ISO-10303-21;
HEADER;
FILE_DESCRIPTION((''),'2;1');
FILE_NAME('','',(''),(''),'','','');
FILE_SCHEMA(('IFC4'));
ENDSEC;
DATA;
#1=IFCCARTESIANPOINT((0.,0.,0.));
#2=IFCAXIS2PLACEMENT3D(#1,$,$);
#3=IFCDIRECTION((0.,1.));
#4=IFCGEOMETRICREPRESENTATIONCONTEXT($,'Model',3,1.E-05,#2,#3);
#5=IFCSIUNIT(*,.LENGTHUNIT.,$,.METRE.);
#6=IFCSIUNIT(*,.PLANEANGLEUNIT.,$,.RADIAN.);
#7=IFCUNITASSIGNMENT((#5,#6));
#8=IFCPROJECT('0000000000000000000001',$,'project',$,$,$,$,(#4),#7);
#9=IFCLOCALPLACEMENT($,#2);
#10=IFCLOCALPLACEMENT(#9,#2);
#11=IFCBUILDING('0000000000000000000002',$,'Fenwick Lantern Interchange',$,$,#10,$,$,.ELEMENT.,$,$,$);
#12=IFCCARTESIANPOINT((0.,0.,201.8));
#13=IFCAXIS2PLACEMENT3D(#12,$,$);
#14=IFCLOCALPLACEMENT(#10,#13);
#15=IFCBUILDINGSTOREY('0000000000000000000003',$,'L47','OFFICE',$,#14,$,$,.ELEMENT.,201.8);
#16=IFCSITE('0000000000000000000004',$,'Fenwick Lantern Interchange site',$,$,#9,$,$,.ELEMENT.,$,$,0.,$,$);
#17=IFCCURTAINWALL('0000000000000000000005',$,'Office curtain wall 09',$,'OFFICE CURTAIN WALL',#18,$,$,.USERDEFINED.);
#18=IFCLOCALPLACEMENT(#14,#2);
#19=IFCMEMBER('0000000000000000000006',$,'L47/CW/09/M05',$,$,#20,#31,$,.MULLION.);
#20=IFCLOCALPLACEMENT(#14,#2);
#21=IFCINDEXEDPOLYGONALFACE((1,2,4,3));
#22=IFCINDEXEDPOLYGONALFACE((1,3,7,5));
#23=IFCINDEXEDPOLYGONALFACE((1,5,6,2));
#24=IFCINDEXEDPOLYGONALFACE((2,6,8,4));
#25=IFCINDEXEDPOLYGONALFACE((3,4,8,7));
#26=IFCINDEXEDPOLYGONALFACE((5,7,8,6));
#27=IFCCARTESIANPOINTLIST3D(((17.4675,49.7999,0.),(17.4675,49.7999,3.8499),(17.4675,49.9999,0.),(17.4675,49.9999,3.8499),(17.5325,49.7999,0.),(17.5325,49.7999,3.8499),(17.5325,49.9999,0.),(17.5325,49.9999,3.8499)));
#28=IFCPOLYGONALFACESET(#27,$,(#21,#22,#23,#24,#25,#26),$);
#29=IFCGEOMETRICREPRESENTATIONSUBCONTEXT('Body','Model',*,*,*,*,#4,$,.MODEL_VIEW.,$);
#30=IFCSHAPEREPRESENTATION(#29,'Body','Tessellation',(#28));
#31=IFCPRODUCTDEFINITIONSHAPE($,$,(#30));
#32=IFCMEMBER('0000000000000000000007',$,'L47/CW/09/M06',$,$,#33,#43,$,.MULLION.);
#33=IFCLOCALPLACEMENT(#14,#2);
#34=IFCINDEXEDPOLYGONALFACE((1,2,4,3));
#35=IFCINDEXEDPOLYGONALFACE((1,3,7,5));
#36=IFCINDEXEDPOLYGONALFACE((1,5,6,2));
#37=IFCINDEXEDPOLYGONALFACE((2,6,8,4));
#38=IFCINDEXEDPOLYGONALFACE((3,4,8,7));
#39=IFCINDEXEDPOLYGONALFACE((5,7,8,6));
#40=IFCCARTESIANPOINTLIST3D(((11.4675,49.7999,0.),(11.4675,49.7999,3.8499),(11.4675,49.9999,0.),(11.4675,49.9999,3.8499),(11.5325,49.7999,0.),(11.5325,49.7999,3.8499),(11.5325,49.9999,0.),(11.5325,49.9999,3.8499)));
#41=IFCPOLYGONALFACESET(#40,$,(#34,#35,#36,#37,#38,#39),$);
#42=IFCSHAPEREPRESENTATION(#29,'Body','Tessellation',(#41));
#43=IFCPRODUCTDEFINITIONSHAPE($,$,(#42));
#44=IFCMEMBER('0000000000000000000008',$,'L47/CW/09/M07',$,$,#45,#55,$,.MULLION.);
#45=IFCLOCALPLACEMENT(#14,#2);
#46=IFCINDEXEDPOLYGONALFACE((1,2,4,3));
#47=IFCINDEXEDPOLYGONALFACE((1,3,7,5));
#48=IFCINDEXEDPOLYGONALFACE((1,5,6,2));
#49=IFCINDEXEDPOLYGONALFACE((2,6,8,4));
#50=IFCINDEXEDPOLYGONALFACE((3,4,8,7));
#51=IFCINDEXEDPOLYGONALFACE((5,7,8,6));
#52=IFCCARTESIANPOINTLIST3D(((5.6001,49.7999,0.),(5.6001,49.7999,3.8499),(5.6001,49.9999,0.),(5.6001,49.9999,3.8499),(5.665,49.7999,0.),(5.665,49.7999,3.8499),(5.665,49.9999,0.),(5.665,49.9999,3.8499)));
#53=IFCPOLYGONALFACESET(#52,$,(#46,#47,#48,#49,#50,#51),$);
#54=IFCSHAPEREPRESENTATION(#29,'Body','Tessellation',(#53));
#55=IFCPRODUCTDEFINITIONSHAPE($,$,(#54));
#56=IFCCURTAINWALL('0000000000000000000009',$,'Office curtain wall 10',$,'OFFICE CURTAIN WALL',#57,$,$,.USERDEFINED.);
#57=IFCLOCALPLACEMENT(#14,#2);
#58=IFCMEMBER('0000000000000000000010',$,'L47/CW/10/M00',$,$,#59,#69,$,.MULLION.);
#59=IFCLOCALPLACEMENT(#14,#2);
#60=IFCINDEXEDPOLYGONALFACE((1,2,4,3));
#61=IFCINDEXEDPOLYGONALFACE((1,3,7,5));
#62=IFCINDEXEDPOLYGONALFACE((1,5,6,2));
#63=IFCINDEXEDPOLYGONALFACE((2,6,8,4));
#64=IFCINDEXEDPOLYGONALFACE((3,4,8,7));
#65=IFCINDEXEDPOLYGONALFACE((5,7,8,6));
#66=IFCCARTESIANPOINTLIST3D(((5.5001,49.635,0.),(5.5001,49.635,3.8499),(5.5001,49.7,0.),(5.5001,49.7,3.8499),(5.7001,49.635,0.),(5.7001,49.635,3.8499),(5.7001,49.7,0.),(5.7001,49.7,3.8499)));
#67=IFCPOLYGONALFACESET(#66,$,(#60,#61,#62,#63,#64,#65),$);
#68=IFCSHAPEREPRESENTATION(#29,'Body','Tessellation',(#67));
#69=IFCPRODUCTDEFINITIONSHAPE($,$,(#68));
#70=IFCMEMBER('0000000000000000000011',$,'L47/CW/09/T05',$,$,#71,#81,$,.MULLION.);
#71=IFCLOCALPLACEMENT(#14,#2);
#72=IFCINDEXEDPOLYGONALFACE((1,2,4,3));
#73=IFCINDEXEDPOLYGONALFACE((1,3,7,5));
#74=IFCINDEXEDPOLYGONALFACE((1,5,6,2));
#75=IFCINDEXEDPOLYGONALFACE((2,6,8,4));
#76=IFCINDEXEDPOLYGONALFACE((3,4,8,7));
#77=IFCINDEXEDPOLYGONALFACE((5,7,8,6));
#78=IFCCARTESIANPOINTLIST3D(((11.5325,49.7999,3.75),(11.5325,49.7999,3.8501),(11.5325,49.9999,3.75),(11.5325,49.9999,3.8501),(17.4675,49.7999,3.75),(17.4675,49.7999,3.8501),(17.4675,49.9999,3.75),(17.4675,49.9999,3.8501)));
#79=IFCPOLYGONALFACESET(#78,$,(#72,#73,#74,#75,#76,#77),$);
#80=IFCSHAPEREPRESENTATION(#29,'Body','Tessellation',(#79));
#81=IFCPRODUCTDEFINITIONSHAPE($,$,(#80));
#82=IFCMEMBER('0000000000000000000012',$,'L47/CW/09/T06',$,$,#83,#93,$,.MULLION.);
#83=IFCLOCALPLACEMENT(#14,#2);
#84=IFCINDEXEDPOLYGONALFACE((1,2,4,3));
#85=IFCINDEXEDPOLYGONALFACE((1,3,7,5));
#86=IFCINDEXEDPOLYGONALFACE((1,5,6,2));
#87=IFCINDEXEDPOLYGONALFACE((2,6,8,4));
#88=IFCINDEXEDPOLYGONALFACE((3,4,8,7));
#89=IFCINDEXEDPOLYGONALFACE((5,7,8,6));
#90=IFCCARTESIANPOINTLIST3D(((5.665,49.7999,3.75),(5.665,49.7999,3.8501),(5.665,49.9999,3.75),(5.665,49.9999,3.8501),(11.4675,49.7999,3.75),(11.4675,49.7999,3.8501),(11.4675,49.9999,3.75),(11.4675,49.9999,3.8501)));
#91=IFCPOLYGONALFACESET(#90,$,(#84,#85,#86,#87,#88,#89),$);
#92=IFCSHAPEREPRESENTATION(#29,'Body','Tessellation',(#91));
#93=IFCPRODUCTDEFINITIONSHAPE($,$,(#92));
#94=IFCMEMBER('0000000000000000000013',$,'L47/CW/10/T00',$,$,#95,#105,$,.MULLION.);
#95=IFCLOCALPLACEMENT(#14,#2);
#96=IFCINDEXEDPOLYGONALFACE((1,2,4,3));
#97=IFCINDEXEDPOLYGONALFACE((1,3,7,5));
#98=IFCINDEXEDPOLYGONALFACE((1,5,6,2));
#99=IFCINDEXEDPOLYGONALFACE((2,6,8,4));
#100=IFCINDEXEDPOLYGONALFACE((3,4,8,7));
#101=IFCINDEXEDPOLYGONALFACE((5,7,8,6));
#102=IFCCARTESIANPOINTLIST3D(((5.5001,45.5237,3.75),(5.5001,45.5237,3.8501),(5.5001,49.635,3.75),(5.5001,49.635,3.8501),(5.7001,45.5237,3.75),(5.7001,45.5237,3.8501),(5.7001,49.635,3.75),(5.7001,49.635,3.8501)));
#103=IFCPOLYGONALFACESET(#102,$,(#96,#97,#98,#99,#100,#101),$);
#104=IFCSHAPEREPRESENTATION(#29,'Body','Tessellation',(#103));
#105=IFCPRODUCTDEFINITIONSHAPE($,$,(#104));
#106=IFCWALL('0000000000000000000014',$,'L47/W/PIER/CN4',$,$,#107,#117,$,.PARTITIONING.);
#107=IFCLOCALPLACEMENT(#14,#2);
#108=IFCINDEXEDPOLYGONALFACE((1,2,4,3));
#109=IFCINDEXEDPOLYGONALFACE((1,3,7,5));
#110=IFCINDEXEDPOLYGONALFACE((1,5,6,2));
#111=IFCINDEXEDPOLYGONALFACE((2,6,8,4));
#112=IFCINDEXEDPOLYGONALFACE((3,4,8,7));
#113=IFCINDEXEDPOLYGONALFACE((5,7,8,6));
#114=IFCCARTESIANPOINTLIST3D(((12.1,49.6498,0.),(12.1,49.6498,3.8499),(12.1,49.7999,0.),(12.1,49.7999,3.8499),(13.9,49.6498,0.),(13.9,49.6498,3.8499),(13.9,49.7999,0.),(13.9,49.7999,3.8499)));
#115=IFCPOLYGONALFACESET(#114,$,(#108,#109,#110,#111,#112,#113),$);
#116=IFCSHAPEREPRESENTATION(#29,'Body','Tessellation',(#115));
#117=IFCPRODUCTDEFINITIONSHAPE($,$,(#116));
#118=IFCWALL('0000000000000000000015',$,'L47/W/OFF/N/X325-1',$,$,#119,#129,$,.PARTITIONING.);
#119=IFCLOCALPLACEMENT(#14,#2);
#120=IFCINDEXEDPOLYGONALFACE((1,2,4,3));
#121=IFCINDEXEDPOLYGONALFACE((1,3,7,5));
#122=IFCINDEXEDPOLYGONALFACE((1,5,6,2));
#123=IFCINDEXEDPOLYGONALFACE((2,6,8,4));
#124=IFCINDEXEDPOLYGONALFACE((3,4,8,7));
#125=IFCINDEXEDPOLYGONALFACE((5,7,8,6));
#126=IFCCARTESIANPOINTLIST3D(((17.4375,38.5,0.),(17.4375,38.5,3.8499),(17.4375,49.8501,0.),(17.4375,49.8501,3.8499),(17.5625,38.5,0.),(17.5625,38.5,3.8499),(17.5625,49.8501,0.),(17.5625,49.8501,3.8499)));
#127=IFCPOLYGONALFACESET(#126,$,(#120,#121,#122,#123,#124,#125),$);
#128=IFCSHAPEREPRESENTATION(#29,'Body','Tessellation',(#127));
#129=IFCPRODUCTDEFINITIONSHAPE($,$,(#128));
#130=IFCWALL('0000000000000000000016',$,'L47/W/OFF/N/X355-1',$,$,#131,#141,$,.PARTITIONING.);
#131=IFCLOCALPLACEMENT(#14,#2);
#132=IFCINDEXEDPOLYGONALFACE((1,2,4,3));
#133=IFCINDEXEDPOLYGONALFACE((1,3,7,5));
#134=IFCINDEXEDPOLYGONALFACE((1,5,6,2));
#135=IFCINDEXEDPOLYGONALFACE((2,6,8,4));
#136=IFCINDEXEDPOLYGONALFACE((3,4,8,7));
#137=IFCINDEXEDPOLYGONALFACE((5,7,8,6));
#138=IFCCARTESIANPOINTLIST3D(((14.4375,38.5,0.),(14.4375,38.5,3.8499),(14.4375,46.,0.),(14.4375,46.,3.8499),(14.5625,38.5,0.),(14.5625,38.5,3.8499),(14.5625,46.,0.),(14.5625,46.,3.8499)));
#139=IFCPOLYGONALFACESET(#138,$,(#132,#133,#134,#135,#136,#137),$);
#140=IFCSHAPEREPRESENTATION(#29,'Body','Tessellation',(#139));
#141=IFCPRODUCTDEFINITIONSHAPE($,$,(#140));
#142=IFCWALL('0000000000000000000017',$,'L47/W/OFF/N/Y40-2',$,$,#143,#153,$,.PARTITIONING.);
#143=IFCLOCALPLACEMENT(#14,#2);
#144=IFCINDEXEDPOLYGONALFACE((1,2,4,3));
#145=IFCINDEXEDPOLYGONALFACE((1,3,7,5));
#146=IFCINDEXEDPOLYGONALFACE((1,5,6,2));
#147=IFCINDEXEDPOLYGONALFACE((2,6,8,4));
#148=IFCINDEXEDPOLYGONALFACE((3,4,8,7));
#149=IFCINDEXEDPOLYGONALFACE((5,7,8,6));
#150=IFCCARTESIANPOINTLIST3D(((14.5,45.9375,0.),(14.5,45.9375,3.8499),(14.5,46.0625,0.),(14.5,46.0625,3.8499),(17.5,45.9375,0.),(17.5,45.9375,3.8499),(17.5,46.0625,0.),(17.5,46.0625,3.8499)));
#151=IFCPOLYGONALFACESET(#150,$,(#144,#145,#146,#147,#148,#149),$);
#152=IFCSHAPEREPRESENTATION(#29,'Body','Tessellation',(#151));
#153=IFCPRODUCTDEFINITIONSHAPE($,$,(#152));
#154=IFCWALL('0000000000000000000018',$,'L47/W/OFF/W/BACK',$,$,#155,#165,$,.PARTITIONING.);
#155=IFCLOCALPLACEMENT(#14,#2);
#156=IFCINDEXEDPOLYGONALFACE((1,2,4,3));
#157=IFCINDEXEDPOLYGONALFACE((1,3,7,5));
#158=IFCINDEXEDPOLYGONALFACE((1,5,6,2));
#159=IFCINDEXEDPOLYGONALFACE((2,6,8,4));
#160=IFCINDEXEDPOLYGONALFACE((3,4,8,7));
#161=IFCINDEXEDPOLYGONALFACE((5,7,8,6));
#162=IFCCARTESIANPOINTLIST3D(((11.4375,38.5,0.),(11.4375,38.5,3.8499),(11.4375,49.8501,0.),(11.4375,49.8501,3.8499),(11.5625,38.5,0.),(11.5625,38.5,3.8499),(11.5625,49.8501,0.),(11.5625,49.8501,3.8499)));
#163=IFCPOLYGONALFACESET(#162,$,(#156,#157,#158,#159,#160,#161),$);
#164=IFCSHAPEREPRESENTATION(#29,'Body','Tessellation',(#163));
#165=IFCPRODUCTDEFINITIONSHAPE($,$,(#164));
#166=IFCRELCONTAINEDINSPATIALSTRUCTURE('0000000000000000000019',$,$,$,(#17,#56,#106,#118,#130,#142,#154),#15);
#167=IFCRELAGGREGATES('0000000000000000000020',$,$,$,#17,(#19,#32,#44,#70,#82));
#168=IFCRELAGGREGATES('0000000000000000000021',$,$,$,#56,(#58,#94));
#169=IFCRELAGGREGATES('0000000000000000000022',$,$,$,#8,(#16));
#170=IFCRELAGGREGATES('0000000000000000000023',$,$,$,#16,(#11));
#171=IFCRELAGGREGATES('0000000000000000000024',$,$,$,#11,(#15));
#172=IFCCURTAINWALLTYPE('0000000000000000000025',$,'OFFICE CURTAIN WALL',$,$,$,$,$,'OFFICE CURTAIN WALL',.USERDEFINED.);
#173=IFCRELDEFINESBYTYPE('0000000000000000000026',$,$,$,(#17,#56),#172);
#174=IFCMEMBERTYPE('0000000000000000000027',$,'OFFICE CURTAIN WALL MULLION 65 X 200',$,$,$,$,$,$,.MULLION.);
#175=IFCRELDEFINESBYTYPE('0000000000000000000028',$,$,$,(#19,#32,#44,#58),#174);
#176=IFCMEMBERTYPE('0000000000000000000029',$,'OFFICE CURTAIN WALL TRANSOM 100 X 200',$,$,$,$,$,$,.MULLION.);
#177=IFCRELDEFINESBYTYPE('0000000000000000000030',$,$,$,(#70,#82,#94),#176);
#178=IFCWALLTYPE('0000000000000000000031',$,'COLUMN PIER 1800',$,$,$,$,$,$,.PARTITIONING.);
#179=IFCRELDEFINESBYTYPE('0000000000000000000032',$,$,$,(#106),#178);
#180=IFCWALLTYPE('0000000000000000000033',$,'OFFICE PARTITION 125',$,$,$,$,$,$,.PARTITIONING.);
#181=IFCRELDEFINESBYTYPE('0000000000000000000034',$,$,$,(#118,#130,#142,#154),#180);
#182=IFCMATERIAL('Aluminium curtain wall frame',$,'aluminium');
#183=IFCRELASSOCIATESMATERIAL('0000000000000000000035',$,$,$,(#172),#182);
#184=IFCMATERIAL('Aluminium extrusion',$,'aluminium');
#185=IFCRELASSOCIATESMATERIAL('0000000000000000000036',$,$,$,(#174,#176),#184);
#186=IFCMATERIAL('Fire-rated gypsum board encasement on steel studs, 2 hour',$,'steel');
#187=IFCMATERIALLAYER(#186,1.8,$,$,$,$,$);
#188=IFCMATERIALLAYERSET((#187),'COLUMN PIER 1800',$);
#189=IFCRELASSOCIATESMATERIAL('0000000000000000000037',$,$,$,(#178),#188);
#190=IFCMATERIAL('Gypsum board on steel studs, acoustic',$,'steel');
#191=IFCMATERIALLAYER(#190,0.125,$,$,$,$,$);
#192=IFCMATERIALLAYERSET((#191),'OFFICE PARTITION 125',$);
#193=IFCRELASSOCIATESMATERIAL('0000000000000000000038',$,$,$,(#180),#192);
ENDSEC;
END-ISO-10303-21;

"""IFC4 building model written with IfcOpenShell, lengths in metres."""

from ifc_helpers import new_model, si_unit, direction, frame, frame_2d, origin, origin_2d, place, context, subcontext, project, spatial, rectangle, extrude, material, layer, layer_set, material_profile, profile_set, type_object, element, aggregate, save


model = new_model("IFC4")

# Units and contexts
model_context = context("Model", 3, precision=1e-05, world=origin(), true_north=direction((0.0, 1.0)))
body_context = subcontext(model_context, "Body", "Model", "MODEL_VIEW")
ifc_project = project(units=[si_unit("LENGTHUNIT", "METRE"), si_unit("PLANEANGLEUNIT", "RADIAN")], contexts=[model_context])

# Site, building, storey
site_placement = place(None, origin())
site = spatial("IfcSite", under=ifc_project, at=site_placement, Name="Fenwick Lantern Interchange site", CompositionType="ELEMENT", RefElevation=0.0)
building_placement = place(site_placement, origin())
building = spatial("IfcBuilding", under=site, at=building_placement, Name="Fenwick Lantern Interchange", CompositionType="ELEMENT")
storey_placement = place(building_placement, frame((0.0, 0.0, 201.8)))
storey = spatial("IfcBuildingStorey", under=building, at=storey_placement, Name="L47", Description="OFFICE", CompositionType="ELEMENT", Elevation=201.8)

# Curtain wall, members
ifc_material_1 = material(Name="Aluminium curtain wall frame", Category="aluminium")
curtain_wall_type = type_object("IfcCurtainWallType", Name="OFFICE CURTAIN WALL", ElementType="OFFICE CURTAIN WALL", PredefinedType="USERDEFINED", material=ifc_material_1)
curtain_wall_1_placement = place(storey_placement, origin())
curtain_wall_1 = element("IfcCurtainWall", 1, at=curtain_wall_1_placement, inside=storey, type_object=curtain_wall_type, Name="Office curtain wall 09", ObjectType="OFFICE CURTAIN WALL", PredefinedType="USERDEFINED")
ifc_material_2 = material(Name="Aluminium extrusion", Category="aluminium")
ifc_material_profile_1 = material_profile(ifc_material_2, rectangle(XDim=0.2, YDim=0.0649, at=origin_2d()), Name="OFFICE CURTAIN WALL MULLION 65 X 200")
ifc_profile_set_1 = profile_set([ifc_material_profile_1], Name="Aluminium extrusion")
member_type_1 = type_object("IfcMemberType", Name="OFFICE CURTAIN WALL MULLION 65 X 200", PredefinedType="MULLION", material=ifc_profile_set_1)
member_1_placement = place(storey_placement, frame((17.5, 49.8999, 0.0), z_axis=(0.0, 0.0, 1.0), x_axis=(0.0, -1.0, 0.0)))
member_1 = element("IfcMember", 2, at=member_1_placement, type_object=member_type_1, Name="L47/CW/09/M05", PredefinedType="MULLION", context=body_context, shape_type="SweptSolid", body=[
    extrude(rectangle(XDim=0.2, YDim=0.0649, at=origin_2d()), origin(), (0.0, 0.0, 1.0), 3.8499),
])
member_2_placement = place(storey_placement, frame((11.5, 49.8999, 0.0), z_axis=(0.0, 0.0, 1.0), x_axis=(0.0, -1.0, 0.0)))
member_2 = element("IfcMember", 3, at=member_2_placement, type_object=member_type_1, Name="L47/CW/09/M06", PredefinedType="MULLION", context=body_context, shape_type="SweptSolid", body=[
    extrude(rectangle(XDim=0.2, YDim=0.0649, at=origin_2d()), origin(), (0.0, 0.0, 1.0), 3.8499),
])
member_3_placement = place(storey_placement, frame((5.6326, 49.8999, 0.0), z_axis=(0.0, 0.0, 1.0), x_axis=(0.0, -1.0, 0.0)))
member_3 = element("IfcMember", 4, at=member_3_placement, type_object=member_type_1, Name="L47/CW/09/M07", PredefinedType="MULLION", context=body_context, shape_type="SweptSolid", body=[
    extrude(rectangle(XDim=0.2, YDim=0.0649, at=origin_2d()), origin(), (0.0, 0.0, 1.0), 3.8499),
])

# Curtain wall, member
curtain_wall_2_placement = place(storey_placement, origin())
curtain_wall_2 = element("IfcCurtainWall", 5, at=curtain_wall_2_placement, inside=storey, type_object=curtain_wall_type, Name="Office curtain wall 10", ObjectType="OFFICE CURTAIN WALL", PredefinedType="USERDEFINED")
member_4_placement = place(storey_placement, frame((5.6001, 49.6675, 0.0), z_axis=(0.0, 0.0, 1.0), x_axis=(1.0, 0.0, 0.0)))
member_4 = element("IfcMember", 6, at=member_4_placement, type_object=member_type_1, Name="L47/CW/10/M00", PredefinedType="MULLION", context=body_context, shape_type="SweptSolid", body=[
    extrude(rectangle(XDim=0.2, YDim=0.0649, at=origin_2d()), origin(), (0.0, 0.0, 1.0), 3.8499),
])

# Members
ifc_material_profile_2 = material_profile(ifc_material_2, rectangle(XDim=0.2, YDim=0.1001, at=origin_2d()), Name="OFFICE CURTAIN WALL TRANSOM 100 X 200")
ifc_profile_set_2 = profile_set([ifc_material_profile_2], Name="Aluminium extrusion")
member_type_2 = type_object("IfcMemberType", Name="OFFICE CURTAIN WALL TRANSOM 100 X 200", PredefinedType="MULLION", material=ifc_profile_set_2)
member_5_placement = place(storey_placement, frame((17.4675, 49.8999, 3.8), z_axis=(-1.0, 0.0, 0.0), x_axis=(0.0, -1.0, 0.0)))
member_5 = element("IfcMember", 7, at=member_5_placement, type_object=member_type_2, Name="L47/CW/09/T05", PredefinedType="MULLION", context=body_context, shape_type="SweptSolid", body=[
    extrude(rectangle(XDim=0.2, YDim=0.1001, at=origin_2d()), origin(), (0.0, 0.0, 1.0), 5.9351),
])
member_6_placement = place(storey_placement, frame((11.4675, 49.8999, 3.8), z_axis=(-1.0, 0.0, 0.0), x_axis=(0.0, -1.0, 0.0)))
member_6 = element("IfcMember", 8, at=member_6_placement, type_object=member_type_2, Name="L47/CW/09/T06", PredefinedType="MULLION", context=body_context, shape_type="SweptSolid", body=[
    extrude(rectangle(XDim=0.2, YDim=0.1001, at=origin_2d()), origin(), (0.0, 0.0, 1.0), 5.8025),
])
aggregate(curtain_wall_1, [member_1, member_2, member_3, member_5, member_6])
member_7_placement = place(storey_placement, frame((5.6001, 49.635, 3.8), z_axis=(0.0, -1.0, 0.0), x_axis=(1.0, 0.0, 0.0)))
member_7 = element("IfcMember", 9, at=member_7_placement, type_object=member_type_2, Name="L47/CW/10/T00", PredefinedType="MULLION", context=body_context, shape_type="SweptSolid", body=[
    extrude(rectangle(XDim=0.2, YDim=0.1001, at=origin_2d()), origin(), (0.0, 0.0, 1.0), 4.1113),
])
aggregate(curtain_wall_2, [member_4, member_7])

# Walls
ifc_material_3 = material(Name="Fire-rated gypsum board encasement on steel studs, 2 hour", Category="steel")
ifc_layer_1 = layer(ifc_material_3, 1.8)
ifc_layer_set_1 = layer_set([ifc_layer_1], Name="COLUMN PIER 1800")
wall_type_1 = type_object("IfcWallType", Name="COLUMN PIER 1800", PredefinedType="PARTITIONING", material=ifc_layer_set_1)
wall_1_placement = place(storey_placement, frame((13.0, 49.8, 0.0), z_axis=(0.0, 0.0, 1.0), x_axis=(0.0, -1.0, 0.0)))
element("IfcWall", 10, at=wall_1_placement, inside=storey, type_object=wall_type_1, Name="L47/W/PIER/CN4", PredefinedType="PARTITIONING", context=body_context, shape_type="SweptSolid", body=[
    extrude(rectangle(XDim=0.1501, YDim=1.8, at=frame_2d((0.0752, 0.0))), origin(), (0.0, 0.0, 1.0), 3.8499),
])
ifc_material_4 = material(Name="Gypsum board on steel studs, acoustic", Category="steel")
ifc_layer_2 = layer(ifc_material_4, 0.125)
ifc_layer_set_2 = layer_set([ifc_layer_2], Name="OFFICE PARTITION 125")
wall_type_2 = type_object("IfcWallType", Name="OFFICE PARTITION 125", PredefinedType="PARTITIONING", material=ifc_layer_set_2)
wall_2_placement = place(storey_placement, frame((17.5, 49.8501, 0.0), z_axis=(0.0, 0.0, 1.0), x_axis=(0.0, -1.0, 0.0)))
element("IfcWall", 11, at=wall_2_placement, inside=storey, type_object=wall_type_2, Name="L47/W/OFF/N/X325-1", PredefinedType="PARTITIONING", context=body_context, shape_type="SweptSolid", body=[
    extrude(rectangle(XDim=11.3501, YDim=0.125, at=frame_2d((5.675, 0.0))), origin(), (0.0, 0.0, 1.0), 3.8499),
])
wall_3_placement = place(storey_placement, frame((14.5, 46.0, 0.0), z_axis=(0.0, 0.0, 1.0), x_axis=(0.0, -1.0, 0.0)))
element("IfcWall", 12, at=wall_3_placement, inside=storey, type_object=wall_type_2, Name="L47/W/OFF/N/X355-1", PredefinedType="PARTITIONING", context=body_context, shape_type="SweptSolid", body=[
    extrude(rectangle(XDim=7.5, YDim=0.125, at=frame_2d((3.75, 0.0))), origin(), (0.0, 0.0, 1.0), 3.8499),
])
wall_4_placement = place(storey_placement, frame((17.5, 46.0, 0.0), z_axis=(0.0, 0.0, 1.0), x_axis=(-1.0, 0.0, 0.0)))
element("IfcWall", 13, at=wall_4_placement, inside=storey, type_object=wall_type_2, Name="L47/W/OFF/N/Y40-2", PredefinedType="PARTITIONING", context=body_context, shape_type="SweptSolid", body=[
    extrude(rectangle(XDim=3.0, YDim=0.125, at=frame_2d((1.5, 0.0))), origin(), (0.0, 0.0, 1.0), 3.8499),
])
wall_5_placement = place(storey_placement, frame((11.5, 49.8501, 0.0), z_axis=(0.0, 0.0, 1.0), x_axis=(0.0, -1.0, 0.0)))
element("IfcWall", 14, at=wall_5_placement, inside=storey, type_object=wall_type_2, Name="L47/W/OFF/W/BACK", PredefinedType="PARTITIONING", context=body_context, shape_type="SweptSolid", body=[
    extrude(rectangle(XDim=11.3501, YDim=0.125, at=frame_2d((5.675, 0.0))), origin(), (0.0, 0.0, 1.0), 3.8499),
])

save(model, "model.ifc")
